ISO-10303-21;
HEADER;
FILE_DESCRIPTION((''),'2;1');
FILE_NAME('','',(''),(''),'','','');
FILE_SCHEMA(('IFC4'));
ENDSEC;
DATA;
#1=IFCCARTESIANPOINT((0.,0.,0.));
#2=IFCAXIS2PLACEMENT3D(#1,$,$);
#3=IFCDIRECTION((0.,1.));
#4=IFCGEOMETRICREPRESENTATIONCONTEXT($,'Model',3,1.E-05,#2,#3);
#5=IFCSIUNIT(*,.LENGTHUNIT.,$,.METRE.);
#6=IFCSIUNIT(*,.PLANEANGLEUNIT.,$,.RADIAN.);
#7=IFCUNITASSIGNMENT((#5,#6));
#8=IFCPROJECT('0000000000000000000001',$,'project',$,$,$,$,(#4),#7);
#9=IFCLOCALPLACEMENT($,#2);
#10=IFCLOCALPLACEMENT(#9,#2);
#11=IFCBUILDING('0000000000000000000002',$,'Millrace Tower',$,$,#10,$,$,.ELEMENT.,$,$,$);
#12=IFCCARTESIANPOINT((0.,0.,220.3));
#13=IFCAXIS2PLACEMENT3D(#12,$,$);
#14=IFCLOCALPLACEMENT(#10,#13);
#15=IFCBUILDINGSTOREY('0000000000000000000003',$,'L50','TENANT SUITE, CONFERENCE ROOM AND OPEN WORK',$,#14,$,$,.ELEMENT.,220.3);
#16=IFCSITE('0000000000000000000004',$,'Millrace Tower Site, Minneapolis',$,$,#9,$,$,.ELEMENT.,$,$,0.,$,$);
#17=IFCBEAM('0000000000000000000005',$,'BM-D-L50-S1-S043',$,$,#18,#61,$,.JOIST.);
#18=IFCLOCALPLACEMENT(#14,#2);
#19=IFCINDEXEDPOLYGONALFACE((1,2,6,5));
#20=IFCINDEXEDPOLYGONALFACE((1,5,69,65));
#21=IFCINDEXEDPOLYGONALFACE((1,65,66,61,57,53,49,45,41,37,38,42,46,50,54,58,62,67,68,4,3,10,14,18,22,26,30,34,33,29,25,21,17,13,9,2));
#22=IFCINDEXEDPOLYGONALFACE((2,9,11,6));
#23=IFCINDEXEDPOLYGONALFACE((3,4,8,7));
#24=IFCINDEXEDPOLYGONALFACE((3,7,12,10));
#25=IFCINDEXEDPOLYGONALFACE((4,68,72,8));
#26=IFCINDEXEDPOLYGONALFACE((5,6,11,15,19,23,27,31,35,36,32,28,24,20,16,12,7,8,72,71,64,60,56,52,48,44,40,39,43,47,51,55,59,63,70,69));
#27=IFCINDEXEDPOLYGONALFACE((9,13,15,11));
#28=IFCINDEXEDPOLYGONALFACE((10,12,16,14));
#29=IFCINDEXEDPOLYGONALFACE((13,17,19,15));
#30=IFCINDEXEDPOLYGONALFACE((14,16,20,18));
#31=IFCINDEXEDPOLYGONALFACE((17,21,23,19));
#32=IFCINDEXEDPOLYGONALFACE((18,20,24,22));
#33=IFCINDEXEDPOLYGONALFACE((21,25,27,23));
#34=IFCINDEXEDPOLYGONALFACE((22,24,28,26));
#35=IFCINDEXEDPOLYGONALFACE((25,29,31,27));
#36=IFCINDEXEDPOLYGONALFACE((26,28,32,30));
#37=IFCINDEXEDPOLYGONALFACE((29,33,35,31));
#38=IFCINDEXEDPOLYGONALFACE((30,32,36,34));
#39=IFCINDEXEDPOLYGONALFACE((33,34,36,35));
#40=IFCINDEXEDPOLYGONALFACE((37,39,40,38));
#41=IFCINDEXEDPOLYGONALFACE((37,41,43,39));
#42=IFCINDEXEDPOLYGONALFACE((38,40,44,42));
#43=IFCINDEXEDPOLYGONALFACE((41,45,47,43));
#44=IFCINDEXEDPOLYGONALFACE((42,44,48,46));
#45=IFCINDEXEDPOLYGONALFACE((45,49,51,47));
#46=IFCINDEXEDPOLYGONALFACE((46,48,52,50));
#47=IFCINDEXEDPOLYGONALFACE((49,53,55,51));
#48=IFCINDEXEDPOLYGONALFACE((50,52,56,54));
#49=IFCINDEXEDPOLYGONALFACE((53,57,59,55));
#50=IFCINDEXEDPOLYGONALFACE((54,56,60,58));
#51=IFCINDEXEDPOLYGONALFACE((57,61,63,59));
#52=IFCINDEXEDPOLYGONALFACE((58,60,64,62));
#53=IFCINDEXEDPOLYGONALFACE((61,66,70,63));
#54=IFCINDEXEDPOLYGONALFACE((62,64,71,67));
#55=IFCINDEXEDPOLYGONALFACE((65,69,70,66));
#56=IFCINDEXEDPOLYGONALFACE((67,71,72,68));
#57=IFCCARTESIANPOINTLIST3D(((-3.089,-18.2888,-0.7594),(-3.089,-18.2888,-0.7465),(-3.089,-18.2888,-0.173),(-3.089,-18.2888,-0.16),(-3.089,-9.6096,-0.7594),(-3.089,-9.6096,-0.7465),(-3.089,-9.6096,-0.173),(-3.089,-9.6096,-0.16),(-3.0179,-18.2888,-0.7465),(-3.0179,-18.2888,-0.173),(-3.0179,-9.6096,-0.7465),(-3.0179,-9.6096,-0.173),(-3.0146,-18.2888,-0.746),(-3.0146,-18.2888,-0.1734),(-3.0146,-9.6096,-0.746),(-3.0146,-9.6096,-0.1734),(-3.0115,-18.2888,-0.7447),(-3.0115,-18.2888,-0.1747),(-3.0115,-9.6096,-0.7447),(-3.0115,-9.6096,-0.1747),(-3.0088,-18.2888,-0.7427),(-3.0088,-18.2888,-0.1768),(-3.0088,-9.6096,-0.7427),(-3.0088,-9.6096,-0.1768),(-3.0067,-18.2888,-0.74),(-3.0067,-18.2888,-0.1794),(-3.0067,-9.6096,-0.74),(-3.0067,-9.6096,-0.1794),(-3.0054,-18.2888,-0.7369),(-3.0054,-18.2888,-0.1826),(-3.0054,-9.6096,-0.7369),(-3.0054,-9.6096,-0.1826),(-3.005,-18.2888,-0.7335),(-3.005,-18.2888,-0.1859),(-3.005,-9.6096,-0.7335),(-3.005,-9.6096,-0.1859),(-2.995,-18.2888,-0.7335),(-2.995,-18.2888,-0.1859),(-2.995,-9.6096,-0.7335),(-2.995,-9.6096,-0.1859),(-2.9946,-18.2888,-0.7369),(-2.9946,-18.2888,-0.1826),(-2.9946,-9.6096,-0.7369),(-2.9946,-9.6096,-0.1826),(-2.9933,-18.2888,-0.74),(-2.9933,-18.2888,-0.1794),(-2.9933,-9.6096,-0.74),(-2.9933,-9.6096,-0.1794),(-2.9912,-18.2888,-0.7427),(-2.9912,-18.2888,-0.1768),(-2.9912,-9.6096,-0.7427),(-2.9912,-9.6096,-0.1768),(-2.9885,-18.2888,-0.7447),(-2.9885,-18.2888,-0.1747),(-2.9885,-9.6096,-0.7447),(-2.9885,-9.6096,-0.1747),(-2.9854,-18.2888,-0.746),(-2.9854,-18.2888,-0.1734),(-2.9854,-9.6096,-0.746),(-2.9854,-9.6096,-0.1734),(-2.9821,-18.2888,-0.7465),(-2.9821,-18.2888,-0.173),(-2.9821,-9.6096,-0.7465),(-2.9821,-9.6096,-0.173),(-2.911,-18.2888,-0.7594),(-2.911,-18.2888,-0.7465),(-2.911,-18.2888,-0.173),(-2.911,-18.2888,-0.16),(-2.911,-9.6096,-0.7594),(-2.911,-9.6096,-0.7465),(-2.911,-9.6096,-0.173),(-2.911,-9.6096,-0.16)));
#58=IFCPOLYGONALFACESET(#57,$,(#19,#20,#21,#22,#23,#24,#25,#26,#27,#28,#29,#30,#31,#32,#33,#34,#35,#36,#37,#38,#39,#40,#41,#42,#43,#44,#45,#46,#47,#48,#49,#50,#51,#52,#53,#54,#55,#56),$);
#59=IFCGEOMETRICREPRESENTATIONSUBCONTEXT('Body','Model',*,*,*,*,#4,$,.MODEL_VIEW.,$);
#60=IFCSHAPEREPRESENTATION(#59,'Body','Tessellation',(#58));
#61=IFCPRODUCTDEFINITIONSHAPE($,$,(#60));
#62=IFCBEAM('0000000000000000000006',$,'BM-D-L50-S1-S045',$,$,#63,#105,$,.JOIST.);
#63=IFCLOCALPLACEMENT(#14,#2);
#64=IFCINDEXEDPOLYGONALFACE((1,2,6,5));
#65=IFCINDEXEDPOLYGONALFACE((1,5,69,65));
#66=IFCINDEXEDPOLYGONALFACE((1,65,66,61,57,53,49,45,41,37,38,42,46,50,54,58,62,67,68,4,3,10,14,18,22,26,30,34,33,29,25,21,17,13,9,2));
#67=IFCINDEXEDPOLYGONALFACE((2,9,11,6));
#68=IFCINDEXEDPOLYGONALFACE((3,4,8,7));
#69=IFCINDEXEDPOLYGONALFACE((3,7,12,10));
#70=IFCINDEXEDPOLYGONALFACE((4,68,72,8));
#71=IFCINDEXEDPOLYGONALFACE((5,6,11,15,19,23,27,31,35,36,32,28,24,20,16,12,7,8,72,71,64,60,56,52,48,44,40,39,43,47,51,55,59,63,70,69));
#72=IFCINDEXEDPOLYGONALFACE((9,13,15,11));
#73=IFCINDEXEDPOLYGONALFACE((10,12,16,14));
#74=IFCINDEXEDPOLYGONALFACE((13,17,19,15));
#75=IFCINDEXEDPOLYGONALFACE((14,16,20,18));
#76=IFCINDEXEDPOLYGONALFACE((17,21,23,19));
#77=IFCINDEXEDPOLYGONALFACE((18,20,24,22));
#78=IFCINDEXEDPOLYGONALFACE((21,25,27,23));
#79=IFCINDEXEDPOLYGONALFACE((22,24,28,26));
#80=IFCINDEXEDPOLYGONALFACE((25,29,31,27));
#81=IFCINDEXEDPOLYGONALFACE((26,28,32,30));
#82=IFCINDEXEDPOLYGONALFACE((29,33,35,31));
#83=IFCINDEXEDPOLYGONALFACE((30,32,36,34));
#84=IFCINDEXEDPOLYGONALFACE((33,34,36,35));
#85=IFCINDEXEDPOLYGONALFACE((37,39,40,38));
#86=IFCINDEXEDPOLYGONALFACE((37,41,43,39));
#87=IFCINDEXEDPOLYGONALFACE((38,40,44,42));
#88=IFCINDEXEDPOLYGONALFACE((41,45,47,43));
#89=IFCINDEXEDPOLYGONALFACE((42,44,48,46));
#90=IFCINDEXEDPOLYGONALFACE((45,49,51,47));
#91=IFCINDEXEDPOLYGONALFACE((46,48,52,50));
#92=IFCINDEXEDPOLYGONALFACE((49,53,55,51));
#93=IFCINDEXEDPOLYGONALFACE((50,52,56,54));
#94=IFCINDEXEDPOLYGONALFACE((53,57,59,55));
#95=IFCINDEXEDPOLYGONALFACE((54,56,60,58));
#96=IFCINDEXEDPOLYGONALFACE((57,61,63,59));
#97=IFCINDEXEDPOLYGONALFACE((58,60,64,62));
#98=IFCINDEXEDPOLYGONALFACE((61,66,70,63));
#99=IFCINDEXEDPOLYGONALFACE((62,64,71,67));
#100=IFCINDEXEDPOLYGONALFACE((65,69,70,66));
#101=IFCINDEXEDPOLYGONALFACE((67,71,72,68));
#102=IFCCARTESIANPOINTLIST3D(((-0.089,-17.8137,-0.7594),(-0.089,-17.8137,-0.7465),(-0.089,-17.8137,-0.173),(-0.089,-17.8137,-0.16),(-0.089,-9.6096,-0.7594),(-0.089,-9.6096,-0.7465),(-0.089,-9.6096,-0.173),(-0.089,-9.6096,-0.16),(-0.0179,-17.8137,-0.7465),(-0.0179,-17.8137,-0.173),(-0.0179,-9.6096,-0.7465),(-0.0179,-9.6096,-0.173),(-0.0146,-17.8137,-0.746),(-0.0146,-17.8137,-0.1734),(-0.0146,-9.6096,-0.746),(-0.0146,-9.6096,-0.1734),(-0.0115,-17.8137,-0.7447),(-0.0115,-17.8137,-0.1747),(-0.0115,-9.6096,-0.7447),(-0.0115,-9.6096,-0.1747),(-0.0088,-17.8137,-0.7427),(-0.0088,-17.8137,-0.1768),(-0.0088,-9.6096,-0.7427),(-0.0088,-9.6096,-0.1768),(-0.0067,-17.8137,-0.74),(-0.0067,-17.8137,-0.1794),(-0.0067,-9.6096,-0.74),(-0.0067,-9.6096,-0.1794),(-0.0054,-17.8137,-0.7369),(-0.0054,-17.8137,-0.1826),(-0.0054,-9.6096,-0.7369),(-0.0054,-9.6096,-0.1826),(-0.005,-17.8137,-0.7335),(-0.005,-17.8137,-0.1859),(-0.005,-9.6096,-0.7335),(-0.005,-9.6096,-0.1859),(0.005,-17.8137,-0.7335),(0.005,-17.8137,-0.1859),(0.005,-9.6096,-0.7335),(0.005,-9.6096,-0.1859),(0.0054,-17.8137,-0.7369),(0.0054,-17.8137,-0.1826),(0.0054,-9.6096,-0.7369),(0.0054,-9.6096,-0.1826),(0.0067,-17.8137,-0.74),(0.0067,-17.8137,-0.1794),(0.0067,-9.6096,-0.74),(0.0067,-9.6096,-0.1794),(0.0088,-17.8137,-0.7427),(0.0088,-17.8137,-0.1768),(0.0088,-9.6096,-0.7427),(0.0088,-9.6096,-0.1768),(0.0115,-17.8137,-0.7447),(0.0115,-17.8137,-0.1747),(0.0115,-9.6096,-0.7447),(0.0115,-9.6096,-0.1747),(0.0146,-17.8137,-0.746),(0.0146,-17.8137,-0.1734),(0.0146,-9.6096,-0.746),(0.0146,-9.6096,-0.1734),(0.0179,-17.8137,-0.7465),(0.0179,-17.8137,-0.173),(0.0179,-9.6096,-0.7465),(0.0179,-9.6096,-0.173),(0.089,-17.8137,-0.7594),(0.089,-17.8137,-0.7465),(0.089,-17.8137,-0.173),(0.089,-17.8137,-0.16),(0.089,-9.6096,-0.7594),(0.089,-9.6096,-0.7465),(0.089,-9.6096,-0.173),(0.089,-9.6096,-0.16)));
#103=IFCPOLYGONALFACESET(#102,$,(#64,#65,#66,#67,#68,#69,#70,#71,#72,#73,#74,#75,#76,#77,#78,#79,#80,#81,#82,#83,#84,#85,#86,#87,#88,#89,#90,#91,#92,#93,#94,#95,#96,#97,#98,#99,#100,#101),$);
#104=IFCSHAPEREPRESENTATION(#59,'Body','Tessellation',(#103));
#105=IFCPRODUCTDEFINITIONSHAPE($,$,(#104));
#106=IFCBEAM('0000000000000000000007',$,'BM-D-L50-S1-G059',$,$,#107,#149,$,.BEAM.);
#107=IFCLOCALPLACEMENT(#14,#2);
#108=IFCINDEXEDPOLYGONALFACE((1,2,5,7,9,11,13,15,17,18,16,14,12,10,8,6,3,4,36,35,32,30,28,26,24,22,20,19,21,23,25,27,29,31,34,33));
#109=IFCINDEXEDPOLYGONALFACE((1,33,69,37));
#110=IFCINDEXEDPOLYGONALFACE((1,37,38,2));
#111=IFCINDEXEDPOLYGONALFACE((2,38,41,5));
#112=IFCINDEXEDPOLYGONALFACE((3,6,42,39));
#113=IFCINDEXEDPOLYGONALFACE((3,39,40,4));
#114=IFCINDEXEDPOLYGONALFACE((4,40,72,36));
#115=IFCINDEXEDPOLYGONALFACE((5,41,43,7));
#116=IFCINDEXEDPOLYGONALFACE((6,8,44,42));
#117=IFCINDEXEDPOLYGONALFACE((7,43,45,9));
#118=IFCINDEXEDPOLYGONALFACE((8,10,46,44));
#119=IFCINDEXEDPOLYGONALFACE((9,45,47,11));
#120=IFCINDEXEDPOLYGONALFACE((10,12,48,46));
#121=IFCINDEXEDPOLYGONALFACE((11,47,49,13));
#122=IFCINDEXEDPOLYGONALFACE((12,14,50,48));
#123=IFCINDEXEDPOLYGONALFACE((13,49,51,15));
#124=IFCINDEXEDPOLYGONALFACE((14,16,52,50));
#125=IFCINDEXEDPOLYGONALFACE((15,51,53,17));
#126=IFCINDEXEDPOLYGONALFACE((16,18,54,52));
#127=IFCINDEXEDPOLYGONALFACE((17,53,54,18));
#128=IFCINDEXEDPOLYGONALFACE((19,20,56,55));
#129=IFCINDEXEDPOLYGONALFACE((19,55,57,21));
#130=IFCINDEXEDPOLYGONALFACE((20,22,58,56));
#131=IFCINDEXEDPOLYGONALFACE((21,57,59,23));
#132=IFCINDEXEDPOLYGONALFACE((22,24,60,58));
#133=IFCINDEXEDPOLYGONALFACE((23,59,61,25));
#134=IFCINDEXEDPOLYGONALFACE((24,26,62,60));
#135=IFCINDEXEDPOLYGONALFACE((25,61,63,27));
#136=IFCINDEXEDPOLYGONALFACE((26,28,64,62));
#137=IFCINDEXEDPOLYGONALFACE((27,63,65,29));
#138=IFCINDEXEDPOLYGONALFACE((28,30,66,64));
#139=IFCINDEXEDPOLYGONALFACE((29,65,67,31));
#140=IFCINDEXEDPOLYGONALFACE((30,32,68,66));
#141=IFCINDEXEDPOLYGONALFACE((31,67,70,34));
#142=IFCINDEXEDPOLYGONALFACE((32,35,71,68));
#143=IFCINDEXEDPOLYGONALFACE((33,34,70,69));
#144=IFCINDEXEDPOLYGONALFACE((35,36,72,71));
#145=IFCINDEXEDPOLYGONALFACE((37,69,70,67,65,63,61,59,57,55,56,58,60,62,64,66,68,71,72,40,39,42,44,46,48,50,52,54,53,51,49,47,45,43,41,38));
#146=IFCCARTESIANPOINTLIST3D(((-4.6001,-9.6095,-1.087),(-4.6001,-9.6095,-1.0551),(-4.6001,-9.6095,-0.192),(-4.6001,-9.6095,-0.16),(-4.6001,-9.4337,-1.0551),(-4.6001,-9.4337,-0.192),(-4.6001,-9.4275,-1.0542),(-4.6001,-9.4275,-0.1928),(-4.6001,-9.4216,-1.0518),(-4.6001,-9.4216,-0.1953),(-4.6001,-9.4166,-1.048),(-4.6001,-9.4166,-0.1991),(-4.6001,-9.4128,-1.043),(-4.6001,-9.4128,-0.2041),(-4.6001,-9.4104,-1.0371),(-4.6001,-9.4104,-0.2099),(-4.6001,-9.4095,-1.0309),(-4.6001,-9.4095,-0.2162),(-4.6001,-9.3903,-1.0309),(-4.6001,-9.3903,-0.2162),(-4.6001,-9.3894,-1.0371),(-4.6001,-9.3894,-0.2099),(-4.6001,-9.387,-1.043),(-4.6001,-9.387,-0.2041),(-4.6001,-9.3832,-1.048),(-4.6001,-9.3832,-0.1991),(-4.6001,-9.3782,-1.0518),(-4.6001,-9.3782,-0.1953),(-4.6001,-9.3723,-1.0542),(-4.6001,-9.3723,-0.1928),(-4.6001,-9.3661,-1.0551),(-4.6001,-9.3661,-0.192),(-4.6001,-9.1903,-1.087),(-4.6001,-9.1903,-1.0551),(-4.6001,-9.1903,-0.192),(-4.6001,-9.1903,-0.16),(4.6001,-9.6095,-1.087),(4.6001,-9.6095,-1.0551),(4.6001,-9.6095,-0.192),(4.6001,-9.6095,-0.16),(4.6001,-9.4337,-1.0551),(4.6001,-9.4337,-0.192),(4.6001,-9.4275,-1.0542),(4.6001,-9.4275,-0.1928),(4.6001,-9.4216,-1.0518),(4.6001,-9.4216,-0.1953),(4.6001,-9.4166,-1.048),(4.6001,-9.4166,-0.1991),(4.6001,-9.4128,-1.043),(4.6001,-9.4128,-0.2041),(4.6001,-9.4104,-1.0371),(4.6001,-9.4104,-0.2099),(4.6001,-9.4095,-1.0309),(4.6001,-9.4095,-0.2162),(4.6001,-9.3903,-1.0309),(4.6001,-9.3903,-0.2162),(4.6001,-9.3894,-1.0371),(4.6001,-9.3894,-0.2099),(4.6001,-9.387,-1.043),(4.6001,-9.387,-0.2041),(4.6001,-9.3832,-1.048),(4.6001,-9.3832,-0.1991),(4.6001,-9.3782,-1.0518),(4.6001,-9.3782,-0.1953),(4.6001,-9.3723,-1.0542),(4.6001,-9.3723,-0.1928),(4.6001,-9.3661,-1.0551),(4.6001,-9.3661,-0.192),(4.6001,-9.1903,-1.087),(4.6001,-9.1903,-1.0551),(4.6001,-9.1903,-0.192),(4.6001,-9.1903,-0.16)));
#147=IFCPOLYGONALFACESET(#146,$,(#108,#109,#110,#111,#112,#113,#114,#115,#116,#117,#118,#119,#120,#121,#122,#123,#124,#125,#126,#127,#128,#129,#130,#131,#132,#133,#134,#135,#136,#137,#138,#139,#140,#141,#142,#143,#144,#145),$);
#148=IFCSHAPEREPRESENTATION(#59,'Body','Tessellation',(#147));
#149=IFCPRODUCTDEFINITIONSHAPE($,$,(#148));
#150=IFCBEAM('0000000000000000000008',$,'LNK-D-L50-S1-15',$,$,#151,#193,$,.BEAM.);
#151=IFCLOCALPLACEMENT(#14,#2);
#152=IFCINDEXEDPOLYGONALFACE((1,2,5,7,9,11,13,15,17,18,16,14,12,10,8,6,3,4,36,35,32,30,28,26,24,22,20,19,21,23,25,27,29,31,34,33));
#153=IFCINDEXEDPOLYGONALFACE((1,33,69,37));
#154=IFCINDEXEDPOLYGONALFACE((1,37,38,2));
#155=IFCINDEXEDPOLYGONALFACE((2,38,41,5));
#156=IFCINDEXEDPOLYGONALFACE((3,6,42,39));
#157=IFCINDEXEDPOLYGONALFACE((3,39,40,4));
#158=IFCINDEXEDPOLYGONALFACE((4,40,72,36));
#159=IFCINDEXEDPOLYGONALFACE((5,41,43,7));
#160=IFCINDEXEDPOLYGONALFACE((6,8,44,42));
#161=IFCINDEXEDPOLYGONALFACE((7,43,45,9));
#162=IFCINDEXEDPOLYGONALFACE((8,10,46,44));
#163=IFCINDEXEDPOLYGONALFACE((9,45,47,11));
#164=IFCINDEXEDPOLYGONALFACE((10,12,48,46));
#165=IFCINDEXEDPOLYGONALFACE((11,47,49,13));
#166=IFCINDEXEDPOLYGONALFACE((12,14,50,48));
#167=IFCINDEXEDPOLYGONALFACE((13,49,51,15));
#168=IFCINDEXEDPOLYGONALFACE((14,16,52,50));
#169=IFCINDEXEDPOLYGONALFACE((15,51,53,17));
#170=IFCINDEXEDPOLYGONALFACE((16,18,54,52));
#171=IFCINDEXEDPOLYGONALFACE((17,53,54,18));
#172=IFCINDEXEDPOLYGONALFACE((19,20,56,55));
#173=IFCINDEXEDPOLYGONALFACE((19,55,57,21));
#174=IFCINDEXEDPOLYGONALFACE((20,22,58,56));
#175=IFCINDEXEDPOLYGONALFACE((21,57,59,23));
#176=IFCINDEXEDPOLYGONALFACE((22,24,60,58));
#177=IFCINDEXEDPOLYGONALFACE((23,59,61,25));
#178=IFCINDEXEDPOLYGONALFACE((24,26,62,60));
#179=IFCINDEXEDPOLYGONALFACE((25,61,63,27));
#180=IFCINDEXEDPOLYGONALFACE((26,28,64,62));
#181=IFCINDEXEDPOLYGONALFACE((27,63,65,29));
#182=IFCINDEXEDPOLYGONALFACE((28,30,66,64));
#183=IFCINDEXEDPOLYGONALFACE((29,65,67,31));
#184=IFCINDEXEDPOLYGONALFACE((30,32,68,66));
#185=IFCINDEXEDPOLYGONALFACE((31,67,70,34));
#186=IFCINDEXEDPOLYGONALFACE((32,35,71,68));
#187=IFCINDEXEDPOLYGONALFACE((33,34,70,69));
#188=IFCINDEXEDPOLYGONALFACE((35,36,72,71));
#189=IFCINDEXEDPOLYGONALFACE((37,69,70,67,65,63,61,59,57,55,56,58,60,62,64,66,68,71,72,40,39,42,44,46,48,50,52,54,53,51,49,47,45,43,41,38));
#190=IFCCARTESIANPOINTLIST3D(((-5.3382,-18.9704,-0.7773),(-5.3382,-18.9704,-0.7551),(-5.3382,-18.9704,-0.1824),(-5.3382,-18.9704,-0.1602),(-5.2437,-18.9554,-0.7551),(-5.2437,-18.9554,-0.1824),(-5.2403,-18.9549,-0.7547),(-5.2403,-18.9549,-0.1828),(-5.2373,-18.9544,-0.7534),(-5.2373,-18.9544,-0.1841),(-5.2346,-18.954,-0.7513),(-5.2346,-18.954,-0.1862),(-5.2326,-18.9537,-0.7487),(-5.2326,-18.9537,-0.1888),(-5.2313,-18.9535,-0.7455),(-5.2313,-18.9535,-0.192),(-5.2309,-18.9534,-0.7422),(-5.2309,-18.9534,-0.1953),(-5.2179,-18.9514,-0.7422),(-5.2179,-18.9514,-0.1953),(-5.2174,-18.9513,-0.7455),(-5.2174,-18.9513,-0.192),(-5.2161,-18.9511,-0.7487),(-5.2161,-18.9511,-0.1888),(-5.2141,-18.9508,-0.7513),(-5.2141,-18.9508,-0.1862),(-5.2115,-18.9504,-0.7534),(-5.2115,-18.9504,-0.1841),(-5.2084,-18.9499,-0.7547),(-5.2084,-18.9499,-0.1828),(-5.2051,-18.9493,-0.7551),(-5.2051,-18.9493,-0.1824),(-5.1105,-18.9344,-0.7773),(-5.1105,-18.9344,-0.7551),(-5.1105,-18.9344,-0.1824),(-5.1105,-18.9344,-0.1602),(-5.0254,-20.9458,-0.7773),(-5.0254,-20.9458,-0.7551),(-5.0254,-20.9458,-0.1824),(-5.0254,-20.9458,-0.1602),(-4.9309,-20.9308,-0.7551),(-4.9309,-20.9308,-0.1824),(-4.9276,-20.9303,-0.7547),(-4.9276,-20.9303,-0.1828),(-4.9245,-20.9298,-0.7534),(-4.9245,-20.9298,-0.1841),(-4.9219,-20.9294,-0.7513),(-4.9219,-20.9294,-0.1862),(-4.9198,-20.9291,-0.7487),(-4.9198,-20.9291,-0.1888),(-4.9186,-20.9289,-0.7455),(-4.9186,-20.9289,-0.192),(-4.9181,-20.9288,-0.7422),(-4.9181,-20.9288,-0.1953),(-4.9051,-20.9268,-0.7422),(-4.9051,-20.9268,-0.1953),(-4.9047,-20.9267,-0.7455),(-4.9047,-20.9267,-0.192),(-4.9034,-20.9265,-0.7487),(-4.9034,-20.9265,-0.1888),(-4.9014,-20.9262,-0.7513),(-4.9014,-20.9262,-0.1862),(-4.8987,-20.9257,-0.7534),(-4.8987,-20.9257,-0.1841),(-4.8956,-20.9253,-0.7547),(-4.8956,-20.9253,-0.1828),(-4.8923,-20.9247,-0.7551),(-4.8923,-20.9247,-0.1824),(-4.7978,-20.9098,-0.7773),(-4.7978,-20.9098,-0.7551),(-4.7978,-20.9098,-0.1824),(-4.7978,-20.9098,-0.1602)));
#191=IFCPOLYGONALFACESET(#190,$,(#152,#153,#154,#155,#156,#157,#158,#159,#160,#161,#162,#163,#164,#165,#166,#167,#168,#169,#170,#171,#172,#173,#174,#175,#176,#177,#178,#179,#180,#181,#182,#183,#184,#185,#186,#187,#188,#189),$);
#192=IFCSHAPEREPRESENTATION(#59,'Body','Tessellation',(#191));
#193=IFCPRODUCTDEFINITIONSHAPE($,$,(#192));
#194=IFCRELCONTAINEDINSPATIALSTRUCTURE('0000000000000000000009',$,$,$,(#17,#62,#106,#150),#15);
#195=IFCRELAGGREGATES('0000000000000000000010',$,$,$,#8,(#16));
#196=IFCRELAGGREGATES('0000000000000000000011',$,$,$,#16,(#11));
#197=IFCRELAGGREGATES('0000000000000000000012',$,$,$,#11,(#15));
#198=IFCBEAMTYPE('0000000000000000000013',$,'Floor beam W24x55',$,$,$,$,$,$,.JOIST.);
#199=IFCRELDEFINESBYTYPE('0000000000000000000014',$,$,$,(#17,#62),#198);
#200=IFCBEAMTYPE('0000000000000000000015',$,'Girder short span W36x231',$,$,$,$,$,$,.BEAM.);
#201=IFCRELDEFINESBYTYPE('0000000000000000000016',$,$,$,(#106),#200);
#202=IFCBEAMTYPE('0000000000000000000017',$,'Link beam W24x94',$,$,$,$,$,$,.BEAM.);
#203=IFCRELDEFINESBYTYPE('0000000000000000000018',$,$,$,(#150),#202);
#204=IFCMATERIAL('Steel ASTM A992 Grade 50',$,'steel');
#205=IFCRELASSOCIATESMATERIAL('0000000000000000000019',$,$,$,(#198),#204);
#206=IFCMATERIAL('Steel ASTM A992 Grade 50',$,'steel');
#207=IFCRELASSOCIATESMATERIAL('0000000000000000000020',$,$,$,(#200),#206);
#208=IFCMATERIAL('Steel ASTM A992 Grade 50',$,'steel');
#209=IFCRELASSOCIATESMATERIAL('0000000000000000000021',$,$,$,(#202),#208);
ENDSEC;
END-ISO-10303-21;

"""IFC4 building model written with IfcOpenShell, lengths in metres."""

from ifc_helpers import new_model, si_unit, direction, frame, origin, origin_2d, place, context, subcontext, project, spatial, i_section, extrude, material, material_profile, profile_set, type_object, element, save


model = new_model("IFC4")

# Units and contexts
model_context = context("Model", 3, precision=1e-05, world=origin(), true_north=direction((0.0, 1.0)))
body_context = subcontext(model_context, "Body", "Model", "MODEL_VIEW")
ifc_project = project(units=[si_unit("LENGTHUNIT", "METRE"), si_unit("PLANEANGLEUNIT", "RADIAN")], contexts=[model_context])

# Site, building, storey
site_placement = place(None, origin())
site = spatial("IfcSite", under=ifc_project, at=site_placement, Name="Millrace Tower Site, Minneapolis", CompositionType="ELEMENT", RefElevation=0.0)
building_placement = place(site_placement, origin())
building = spatial("IfcBuilding", under=site, at=building_placement, Name="Millrace Tower", CompositionType="ELEMENT")
storey_placement = place(building_placement, frame((0.0, 0.0, 220.3)))
storey = spatial("IfcBuildingStorey", under=building, at=storey_placement, Name="L50", Description="TENANT SUITE, CONFERENCE ROOM AND OPEN WORK", CompositionType="ELEMENT", Elevation=220.3)

# Beams
ifc_material_1 = material(Name="Steel ASTM A992 Grade 50", Category="steel")
ifc_material_profile_1 = material_profile(ifc_material_1, i_section(OverallWidth=0.178, OverallDepth=0.5994, WebThickness=0.01, FlangeThickness=0.0129, FilletRadius=0.0129, at=origin_2d()))
ifc_profile_set_1 = profile_set([ifc_material_profile_1], Name="Steel ASTM A992 Grade 50")
beam_type_1 = type_object("IfcBeamType", Name="Floor beam W24x55", PredefinedType="JOIST", material=ifc_profile_set_1)
beam_1_placement = place(storey_placement, frame((-3.0, -18.2888, -0.4597), z_axis=(0.0, 1.0, 0.0), x_axis=(-1.0, 0.0, 0.0)))
element("IfcBeam", 1, at=beam_1_placement, inside=storey, type_object=beam_type_1, Name="BM-D-L50-S1-S043", PredefinedType="JOIST", context=body_context, shape_type="SweptSolid", body=[
    extrude(i_section(OverallWidth=0.178, OverallDepth=0.5994, WebThickness=0.01, FlangeThickness=0.0129, FilletRadius=0.0129, at=origin_2d()), origin(), (0.0, 0.0, 1.0), 8.6792),
])
beam_2_placement = place(storey_placement, frame((0.0, -17.8137, -0.4597), z_axis=(0.0, 1.0, 0.0), x_axis=(-1.0, 0.0, 0.0)))
element("IfcBeam", 2, at=beam_2_placement, inside=storey, type_object=beam_type_1, Name="BM-D-L50-S1-S045", PredefinedType="JOIST", context=body_context, shape_type="SweptSolid", body=[
    extrude(i_section(OverallWidth=0.178, OverallDepth=0.5994, WebThickness=0.01, FlangeThickness=0.0129, FilletRadius=0.0129, at=origin_2d()), origin(), (0.0, 0.0, 1.0), 8.2041),
])
ifc_material_2 = material(Name="Steel ASTM A992 Grade 50", Category="steel")
ifc_material_profile_2 = material_profile(ifc_material_2, i_section(OverallWidth=0.4192, OverallDepth=0.927, WebThickness=0.0193, FlangeThickness=0.032, FilletRadius=0.0242, at=origin_2d()))
ifc_profile_set_2 = profile_set([ifc_material_profile_2], Name="Steel ASTM A992 Grade 50")
beam_type_2 = type_object("IfcBeamType", Name="Girder short span W36x231", PredefinedType="BEAM", material=ifc_profile_set_2)
beam_3_placement = place(storey_placement, frame((-4.6001, -9.3999, -0.6235), z_axis=(1.0, 0.0, 0.0), x_axis=(0.0, 1.0, 0.0)))
element("IfcBeam", 3, at=beam_3_placement, inside=storey, type_object=beam_type_2, Name="BM-D-L50-S1-G059", PredefinedType="BEAM", context=body_context, shape_type="SweptSolid", body=[
    extrude(i_section(OverallWidth=0.4192, OverallDepth=0.927, WebThickness=0.0193, FlangeThickness=0.032, FilletRadius=0.0242, at=origin_2d()), origin(), (0.0, 0.0, 1.0), 9.2002),
])
ifc_material_3 = material(Name="Steel ASTM A992 Grade 50", Category="steel")
ifc_material_profile_3 = material_profile(ifc_material_3, i_section(OverallWidth=0.2305, OverallDepth=0.6172, WebThickness=0.0132, FlangeThickness=0.0222, FilletRadius=0.0129, at=origin_2d()))
ifc_profile_set_3 = profile_set([ifc_material_profile_3], Name="Steel ASTM A992 Grade 50")
beam_type_3 = type_object("IfcBeamType", Name="Link beam W24x94", PredefinedType="BEAM", material=ifc_profile_set_3)
beam_4_placement = place(storey_placement, frame((-5.2244, -18.9524, -0.4688), z_axis=(0.156376, -0.987698, 0.0), x_axis=(0.987698, 0.156376, 0.0)))
element("IfcBeam", 4, at=beam_4_placement, inside=storey, type_object=beam_type_3, Name="LNK-D-L50-S1-15", PredefinedType="BEAM", context=body_context, shape_type="SweptSolid", body=[
    extrude(i_section(OverallWidth=0.2305, OverallDepth=0.6172, WebThickness=0.0132, FlangeThickness=0.0222, FilletRadius=0.0129, at=origin_2d()), origin(), (0.0, 0.0, 1.0), 2.0),
])

save(model, "model.ifc")
